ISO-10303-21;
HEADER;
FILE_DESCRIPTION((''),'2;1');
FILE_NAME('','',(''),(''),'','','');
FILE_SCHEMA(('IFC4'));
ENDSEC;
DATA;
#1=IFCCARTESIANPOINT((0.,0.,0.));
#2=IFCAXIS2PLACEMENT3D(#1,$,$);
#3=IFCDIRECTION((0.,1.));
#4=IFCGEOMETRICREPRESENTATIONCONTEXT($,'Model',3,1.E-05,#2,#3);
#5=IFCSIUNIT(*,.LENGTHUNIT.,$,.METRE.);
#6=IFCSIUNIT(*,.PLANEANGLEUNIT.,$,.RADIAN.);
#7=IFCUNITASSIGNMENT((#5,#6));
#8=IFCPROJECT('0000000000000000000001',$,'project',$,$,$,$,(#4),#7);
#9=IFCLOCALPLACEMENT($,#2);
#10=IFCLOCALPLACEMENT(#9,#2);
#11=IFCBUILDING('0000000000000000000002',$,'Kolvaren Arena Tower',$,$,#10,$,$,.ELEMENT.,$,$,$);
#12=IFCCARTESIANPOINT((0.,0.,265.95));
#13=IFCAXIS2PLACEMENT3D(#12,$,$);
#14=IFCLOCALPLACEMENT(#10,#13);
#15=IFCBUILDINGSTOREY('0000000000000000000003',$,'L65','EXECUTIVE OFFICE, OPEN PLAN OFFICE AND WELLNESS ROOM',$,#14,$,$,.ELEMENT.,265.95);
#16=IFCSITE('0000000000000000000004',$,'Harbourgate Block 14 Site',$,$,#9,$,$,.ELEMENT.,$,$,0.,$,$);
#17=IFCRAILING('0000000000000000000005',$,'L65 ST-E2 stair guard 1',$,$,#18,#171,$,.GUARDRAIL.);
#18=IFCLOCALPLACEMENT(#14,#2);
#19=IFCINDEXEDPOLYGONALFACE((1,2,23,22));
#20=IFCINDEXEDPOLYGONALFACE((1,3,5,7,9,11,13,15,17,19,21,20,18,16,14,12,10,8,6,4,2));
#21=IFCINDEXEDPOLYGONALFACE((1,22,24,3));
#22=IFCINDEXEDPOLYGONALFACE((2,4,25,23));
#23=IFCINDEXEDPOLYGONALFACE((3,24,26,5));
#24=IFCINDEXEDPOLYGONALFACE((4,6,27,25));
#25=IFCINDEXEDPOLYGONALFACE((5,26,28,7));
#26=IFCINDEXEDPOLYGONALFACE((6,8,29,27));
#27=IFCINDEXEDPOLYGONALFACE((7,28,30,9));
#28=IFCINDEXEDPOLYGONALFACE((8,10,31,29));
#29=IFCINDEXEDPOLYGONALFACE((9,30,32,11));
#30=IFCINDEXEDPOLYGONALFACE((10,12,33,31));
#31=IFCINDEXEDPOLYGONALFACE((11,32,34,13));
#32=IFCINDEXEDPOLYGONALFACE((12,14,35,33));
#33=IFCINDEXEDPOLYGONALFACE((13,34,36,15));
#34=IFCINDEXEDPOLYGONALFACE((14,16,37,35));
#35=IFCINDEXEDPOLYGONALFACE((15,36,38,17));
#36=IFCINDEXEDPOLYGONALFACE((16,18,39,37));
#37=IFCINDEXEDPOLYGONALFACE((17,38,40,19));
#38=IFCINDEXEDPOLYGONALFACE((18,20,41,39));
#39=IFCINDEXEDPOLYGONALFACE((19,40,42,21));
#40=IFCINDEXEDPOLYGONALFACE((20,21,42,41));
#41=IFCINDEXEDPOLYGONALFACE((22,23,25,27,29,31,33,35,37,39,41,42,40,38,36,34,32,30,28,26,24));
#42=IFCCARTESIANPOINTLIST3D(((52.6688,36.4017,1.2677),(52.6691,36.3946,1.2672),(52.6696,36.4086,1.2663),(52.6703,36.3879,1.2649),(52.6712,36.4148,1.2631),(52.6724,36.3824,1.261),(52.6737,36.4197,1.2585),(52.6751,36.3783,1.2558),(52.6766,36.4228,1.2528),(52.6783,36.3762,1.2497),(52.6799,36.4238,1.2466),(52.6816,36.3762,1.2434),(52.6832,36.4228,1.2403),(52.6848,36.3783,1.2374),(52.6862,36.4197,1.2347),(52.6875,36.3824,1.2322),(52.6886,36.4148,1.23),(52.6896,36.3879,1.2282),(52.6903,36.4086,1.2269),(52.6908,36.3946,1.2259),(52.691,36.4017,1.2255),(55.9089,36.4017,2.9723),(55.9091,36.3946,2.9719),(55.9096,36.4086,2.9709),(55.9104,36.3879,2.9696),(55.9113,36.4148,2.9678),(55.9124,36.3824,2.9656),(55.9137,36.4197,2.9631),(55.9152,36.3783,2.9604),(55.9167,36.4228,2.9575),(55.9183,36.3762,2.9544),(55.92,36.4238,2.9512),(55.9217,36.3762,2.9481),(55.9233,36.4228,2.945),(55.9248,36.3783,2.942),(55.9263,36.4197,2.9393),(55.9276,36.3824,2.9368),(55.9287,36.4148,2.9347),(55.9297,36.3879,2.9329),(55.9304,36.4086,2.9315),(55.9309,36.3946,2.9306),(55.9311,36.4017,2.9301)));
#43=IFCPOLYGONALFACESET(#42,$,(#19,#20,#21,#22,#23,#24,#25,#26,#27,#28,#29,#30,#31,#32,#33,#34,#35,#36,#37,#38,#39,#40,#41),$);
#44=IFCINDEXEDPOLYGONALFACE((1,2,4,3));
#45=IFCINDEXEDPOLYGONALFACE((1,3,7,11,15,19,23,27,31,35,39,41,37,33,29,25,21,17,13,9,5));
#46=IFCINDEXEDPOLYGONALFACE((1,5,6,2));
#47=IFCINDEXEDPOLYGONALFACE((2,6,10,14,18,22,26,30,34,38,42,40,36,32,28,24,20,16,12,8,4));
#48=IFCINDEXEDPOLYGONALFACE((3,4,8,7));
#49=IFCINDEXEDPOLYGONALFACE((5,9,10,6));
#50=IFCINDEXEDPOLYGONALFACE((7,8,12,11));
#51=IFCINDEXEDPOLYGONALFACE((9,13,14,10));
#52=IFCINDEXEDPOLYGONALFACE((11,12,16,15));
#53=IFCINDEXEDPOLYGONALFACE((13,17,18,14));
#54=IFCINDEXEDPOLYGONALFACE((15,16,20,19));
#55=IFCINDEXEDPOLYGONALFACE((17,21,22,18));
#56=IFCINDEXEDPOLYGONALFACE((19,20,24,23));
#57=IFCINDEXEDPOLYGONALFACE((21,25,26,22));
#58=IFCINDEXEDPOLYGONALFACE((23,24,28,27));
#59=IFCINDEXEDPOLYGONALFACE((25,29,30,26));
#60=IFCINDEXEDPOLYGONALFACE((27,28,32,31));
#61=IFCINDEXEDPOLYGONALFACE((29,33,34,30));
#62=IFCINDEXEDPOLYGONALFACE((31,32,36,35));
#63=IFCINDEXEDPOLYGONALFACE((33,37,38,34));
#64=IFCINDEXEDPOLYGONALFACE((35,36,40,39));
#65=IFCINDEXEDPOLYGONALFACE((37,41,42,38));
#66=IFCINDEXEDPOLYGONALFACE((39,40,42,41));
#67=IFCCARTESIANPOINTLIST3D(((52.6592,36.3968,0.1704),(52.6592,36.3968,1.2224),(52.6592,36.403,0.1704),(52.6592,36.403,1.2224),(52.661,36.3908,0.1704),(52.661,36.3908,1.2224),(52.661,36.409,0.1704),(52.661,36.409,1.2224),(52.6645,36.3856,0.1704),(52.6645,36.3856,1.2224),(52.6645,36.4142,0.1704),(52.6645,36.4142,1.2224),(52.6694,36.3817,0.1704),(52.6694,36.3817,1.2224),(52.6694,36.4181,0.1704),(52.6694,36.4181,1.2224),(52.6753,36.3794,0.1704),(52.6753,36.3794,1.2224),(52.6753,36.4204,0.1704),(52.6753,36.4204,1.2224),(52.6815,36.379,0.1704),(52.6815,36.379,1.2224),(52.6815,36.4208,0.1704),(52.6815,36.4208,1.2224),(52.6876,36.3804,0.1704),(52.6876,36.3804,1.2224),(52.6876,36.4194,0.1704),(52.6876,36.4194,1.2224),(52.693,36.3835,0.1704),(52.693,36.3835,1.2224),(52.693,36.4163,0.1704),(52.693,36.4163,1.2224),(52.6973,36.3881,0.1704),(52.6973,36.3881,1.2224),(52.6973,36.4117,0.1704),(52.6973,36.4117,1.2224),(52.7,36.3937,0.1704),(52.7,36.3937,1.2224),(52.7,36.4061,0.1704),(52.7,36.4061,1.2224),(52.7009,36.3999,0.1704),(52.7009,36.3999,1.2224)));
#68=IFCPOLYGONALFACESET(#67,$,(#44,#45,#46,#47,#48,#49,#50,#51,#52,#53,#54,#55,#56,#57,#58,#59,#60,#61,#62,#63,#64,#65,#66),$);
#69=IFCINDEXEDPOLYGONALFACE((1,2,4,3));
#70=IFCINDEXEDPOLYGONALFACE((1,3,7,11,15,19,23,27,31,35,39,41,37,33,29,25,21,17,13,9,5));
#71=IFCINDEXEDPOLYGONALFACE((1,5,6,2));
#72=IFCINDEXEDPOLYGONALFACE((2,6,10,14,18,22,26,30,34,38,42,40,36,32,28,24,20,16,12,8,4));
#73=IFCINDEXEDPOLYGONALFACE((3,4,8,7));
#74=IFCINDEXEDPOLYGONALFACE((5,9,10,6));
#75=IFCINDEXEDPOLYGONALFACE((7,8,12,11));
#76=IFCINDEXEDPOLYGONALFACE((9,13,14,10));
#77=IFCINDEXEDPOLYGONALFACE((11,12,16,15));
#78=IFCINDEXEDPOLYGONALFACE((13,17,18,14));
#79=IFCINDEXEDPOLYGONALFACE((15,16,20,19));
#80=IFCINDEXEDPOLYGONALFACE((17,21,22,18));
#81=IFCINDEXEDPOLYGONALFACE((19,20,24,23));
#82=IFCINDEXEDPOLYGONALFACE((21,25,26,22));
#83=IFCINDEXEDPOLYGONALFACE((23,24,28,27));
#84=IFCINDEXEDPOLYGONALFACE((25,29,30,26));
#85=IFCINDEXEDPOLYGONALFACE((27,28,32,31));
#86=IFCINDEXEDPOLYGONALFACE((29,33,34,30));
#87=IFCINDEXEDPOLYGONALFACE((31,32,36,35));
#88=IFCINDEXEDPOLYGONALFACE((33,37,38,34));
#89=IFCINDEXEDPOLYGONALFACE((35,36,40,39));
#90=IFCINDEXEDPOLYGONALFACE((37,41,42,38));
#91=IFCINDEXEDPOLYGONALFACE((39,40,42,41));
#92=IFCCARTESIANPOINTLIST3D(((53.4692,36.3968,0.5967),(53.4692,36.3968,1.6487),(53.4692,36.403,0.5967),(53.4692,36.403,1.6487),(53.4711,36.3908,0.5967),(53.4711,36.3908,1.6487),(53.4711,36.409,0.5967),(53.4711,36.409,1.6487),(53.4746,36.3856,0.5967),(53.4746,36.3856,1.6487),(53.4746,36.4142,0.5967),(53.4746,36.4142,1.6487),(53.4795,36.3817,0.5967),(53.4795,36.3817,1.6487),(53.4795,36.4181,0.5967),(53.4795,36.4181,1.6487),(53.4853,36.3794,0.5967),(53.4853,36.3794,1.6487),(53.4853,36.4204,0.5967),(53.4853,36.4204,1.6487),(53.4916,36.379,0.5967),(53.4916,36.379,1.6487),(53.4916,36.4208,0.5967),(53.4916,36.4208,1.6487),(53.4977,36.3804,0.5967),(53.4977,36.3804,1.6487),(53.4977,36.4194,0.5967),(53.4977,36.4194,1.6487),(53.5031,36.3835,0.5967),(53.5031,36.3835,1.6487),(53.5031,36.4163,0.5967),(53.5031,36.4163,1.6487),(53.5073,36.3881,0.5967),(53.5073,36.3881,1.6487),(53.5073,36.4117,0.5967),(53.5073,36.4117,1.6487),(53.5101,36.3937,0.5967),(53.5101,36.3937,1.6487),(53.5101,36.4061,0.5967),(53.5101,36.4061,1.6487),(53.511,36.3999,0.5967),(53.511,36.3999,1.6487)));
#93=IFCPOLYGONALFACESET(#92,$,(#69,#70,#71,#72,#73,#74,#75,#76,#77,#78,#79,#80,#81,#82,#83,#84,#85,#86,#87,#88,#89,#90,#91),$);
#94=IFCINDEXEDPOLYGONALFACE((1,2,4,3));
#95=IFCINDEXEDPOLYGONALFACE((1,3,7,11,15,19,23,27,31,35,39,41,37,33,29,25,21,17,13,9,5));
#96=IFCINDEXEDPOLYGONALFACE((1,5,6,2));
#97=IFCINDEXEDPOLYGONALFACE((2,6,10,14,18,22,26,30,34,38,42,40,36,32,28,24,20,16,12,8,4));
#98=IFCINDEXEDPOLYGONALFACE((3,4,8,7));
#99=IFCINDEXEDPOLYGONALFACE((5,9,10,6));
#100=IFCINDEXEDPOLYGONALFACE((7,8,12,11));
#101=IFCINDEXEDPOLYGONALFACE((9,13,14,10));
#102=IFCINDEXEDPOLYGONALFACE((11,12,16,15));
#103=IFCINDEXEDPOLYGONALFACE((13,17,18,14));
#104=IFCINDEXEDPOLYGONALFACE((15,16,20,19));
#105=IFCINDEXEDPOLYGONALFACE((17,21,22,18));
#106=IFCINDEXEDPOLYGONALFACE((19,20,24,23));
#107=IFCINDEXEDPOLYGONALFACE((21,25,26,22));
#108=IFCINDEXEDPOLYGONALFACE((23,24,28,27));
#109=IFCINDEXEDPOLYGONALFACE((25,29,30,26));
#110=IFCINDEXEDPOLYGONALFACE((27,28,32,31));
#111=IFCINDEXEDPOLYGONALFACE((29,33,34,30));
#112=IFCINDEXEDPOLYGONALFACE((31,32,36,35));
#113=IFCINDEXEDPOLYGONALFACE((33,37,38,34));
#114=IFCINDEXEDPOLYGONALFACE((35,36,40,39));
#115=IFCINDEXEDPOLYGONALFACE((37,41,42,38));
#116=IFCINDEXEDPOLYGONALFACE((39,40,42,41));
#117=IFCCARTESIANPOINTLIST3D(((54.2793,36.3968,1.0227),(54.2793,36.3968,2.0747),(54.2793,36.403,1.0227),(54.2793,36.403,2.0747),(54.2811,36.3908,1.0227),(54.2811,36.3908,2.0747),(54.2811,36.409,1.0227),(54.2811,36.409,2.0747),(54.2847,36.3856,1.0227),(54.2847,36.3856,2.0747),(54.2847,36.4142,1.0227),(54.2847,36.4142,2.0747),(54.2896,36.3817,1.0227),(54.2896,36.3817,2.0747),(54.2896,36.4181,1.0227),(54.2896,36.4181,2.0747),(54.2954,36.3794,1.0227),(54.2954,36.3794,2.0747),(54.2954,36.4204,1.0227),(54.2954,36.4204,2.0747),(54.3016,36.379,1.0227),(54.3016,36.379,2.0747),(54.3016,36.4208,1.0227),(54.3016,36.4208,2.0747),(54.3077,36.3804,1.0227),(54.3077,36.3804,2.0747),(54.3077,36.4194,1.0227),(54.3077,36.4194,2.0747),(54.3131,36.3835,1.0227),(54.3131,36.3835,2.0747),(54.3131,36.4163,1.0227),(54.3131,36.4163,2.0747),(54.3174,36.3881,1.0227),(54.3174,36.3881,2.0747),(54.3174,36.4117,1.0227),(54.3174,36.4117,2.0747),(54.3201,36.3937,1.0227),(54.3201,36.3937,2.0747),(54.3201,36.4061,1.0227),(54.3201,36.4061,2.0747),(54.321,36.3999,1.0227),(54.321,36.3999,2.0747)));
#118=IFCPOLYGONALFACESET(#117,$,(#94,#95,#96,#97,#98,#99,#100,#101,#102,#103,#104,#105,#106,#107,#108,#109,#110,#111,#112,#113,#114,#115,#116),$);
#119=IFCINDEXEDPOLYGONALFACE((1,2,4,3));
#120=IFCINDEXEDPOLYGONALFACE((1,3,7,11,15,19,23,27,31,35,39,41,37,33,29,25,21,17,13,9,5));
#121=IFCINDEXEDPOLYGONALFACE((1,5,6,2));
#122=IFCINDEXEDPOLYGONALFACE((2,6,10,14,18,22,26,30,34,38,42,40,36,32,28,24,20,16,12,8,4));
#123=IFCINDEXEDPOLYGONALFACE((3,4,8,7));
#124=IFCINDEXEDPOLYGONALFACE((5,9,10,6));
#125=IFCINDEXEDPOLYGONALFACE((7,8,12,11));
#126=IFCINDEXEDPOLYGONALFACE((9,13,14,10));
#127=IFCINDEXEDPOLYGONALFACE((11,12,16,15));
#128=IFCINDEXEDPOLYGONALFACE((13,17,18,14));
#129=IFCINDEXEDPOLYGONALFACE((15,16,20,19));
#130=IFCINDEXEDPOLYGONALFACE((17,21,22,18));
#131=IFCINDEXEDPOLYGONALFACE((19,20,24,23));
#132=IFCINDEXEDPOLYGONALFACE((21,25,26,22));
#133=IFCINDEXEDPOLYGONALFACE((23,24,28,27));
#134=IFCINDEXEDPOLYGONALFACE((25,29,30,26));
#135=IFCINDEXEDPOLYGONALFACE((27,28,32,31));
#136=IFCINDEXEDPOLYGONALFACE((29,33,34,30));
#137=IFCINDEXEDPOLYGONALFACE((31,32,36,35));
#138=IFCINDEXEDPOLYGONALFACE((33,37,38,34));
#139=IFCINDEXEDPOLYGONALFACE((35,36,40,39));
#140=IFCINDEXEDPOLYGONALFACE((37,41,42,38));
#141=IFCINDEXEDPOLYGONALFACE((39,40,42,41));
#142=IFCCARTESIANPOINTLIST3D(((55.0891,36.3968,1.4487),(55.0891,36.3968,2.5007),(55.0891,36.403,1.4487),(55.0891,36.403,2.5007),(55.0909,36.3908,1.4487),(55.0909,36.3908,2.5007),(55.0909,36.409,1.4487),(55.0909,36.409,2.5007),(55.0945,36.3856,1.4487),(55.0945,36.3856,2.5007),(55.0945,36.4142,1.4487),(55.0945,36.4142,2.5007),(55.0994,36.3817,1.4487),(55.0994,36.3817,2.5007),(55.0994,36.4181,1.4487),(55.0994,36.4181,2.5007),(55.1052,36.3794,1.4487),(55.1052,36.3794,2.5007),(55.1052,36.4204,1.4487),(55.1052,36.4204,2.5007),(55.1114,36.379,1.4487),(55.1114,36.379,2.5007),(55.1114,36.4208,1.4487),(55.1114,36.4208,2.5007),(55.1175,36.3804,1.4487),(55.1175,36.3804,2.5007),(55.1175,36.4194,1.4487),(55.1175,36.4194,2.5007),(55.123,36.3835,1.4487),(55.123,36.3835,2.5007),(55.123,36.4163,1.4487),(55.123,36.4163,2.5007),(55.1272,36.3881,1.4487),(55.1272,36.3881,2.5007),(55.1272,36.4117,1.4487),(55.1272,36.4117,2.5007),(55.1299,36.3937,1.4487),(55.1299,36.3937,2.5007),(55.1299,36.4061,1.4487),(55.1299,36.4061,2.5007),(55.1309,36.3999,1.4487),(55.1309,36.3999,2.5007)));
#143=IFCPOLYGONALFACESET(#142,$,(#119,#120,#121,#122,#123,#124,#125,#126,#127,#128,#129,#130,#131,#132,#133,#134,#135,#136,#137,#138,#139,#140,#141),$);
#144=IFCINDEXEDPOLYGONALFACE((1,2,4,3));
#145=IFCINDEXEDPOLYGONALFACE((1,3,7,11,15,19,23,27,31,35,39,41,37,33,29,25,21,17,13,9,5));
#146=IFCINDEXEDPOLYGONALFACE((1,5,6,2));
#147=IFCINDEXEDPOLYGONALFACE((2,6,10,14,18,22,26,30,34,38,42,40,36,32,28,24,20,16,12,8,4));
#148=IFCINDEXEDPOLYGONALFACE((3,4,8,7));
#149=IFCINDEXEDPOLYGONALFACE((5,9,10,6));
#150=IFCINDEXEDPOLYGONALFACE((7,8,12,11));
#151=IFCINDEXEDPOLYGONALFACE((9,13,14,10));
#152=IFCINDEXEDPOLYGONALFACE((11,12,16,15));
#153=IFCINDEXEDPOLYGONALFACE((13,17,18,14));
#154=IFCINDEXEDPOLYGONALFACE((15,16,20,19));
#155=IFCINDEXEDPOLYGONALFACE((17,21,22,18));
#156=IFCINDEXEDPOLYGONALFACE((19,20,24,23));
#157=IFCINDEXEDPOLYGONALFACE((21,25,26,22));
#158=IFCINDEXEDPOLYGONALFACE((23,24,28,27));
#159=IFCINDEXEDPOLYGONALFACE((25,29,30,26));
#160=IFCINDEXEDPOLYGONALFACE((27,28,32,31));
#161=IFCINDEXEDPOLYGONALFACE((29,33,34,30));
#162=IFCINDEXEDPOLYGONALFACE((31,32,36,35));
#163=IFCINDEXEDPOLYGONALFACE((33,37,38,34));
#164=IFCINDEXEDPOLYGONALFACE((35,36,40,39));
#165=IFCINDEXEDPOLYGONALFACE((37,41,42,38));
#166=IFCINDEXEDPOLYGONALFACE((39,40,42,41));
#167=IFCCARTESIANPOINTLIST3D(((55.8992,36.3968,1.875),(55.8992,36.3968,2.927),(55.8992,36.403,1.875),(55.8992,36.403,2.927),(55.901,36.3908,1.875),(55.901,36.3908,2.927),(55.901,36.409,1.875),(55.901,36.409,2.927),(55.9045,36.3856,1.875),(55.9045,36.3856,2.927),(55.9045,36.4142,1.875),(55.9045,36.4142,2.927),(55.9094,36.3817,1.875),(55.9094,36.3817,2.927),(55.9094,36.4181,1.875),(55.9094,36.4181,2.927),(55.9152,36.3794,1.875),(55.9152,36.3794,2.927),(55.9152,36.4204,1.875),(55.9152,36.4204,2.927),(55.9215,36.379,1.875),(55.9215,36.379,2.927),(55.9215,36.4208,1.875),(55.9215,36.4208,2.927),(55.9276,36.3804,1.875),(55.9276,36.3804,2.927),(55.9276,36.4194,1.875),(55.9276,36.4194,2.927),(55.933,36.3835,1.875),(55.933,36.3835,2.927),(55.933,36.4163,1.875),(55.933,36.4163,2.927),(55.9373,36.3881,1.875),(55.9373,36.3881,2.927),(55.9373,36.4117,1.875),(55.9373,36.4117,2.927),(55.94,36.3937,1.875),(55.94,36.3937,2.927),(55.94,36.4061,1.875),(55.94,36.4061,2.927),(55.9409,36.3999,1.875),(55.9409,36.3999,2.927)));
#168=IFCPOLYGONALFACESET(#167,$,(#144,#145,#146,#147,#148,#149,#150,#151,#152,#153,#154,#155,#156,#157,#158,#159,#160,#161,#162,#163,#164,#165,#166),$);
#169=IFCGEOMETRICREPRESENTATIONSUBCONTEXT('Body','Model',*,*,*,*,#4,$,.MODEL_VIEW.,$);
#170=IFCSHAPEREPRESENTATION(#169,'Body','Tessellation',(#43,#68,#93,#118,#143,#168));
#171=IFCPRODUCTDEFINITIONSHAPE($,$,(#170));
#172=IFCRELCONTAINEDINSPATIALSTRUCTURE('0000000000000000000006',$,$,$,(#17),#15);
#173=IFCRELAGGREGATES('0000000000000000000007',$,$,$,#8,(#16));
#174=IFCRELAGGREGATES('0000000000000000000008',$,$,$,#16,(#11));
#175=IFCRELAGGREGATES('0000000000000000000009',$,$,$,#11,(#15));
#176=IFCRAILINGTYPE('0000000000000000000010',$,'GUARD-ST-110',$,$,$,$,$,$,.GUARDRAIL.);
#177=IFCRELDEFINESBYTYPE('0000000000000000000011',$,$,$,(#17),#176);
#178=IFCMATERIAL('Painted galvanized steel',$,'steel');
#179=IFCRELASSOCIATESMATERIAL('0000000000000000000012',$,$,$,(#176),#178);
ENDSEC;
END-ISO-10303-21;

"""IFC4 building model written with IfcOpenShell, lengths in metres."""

from ifc_helpers import new_model, si_unit, direction, frame, origin, origin_2d, place, context, subcontext, project, spatial, circle, extrude, material, type_object, element, save


model = new_model("IFC4")

# Units and contexts
model_context = context("Model", 3, precision=1e-05, world=origin(), true_north=direction((0.0, 1.0)))
body_context = subcontext(model_context, "Body", "Model", "MODEL_VIEW")
ifc_project = project(units=[si_unit("LENGTHUNIT", "METRE"), si_unit("PLANEANGLEUNIT", "RADIAN")], contexts=[model_context])

# Site, building, storey
site_placement = place(None, origin())
site = spatial("IfcSite", under=ifc_project, at=site_placement, Name="Harbourgate Block 14 Site", CompositionType="ELEMENT", RefElevation=0.0)
building_placement = place(site_placement, origin())
building = spatial("IfcBuilding", under=site, at=building_placement, Name="Kolvaren Arena Tower", CompositionType="ELEMENT")
storey_placement = place(building_placement, frame((0.0, 0.0, 265.95)))
storey = spatial("IfcBuildingStorey", under=building, at=storey_placement, Name="L65", Description="EXECUTIVE OFFICE, OPEN PLAN OFFICE AND WELLNESS ROOM", CompositionType="ELEMENT", Elevation=265.95)

# Railing
ifc_material_1 = material(Name="Painted galvanized steel", Category="steel")
railing_type = type_object("IfcRailingType", Name="GUARD-ST-110", PredefinedType="GUARDRAIL", material=ifc_material_1)
railing_1_placement = place(storey_placement, frame((52.6799, 36.3999, 0.1704)))
element("IfcRailing", 1, at=railing_1_placement, inside=storey, type_object=railing_type, Name="L65 ST-E2 stair guard 1", PredefinedType="GUARDRAIL", context=body_context, shape_type="SweptSolid", body=[
    extrude(circle(Radius=0.0239, at=origin_2d()), frame((0.0, 0.0, 1.0762), z_axis=(0.884993, 0.0, 0.465604), x_axis=(0.0, 1.0, 0.0)), (0.0, 0.0, 1.0), 3.6611),
    extrude(circle(Radius=0.021, at=origin_2d()), origin(), (0.0, 0.0, 1.0), 1.052),
    extrude(circle(Radius=0.021, at=origin_2d()), frame((0.8101, 0.0, 0.4263)), (0.0, 0.0, 1.0), 1.052),
    extrude(circle(Radius=0.021, at=origin_2d()), frame((1.6201, 0.0, 0.8523)), (0.0, 0.0, 1.0), 1.052),
    extrude(circle(Radius=0.021, at=origin_2d()), frame((2.4299, 0.0, 1.2783)), (0.0, 0.0, 1.0), 1.052),
    extrude(circle(Radius=0.021, at=origin_2d()), frame((3.24, 0.0, 1.7046)), (0.0, 0.0, 1.0), 1.052),
])

save(model, "model.ifc")
